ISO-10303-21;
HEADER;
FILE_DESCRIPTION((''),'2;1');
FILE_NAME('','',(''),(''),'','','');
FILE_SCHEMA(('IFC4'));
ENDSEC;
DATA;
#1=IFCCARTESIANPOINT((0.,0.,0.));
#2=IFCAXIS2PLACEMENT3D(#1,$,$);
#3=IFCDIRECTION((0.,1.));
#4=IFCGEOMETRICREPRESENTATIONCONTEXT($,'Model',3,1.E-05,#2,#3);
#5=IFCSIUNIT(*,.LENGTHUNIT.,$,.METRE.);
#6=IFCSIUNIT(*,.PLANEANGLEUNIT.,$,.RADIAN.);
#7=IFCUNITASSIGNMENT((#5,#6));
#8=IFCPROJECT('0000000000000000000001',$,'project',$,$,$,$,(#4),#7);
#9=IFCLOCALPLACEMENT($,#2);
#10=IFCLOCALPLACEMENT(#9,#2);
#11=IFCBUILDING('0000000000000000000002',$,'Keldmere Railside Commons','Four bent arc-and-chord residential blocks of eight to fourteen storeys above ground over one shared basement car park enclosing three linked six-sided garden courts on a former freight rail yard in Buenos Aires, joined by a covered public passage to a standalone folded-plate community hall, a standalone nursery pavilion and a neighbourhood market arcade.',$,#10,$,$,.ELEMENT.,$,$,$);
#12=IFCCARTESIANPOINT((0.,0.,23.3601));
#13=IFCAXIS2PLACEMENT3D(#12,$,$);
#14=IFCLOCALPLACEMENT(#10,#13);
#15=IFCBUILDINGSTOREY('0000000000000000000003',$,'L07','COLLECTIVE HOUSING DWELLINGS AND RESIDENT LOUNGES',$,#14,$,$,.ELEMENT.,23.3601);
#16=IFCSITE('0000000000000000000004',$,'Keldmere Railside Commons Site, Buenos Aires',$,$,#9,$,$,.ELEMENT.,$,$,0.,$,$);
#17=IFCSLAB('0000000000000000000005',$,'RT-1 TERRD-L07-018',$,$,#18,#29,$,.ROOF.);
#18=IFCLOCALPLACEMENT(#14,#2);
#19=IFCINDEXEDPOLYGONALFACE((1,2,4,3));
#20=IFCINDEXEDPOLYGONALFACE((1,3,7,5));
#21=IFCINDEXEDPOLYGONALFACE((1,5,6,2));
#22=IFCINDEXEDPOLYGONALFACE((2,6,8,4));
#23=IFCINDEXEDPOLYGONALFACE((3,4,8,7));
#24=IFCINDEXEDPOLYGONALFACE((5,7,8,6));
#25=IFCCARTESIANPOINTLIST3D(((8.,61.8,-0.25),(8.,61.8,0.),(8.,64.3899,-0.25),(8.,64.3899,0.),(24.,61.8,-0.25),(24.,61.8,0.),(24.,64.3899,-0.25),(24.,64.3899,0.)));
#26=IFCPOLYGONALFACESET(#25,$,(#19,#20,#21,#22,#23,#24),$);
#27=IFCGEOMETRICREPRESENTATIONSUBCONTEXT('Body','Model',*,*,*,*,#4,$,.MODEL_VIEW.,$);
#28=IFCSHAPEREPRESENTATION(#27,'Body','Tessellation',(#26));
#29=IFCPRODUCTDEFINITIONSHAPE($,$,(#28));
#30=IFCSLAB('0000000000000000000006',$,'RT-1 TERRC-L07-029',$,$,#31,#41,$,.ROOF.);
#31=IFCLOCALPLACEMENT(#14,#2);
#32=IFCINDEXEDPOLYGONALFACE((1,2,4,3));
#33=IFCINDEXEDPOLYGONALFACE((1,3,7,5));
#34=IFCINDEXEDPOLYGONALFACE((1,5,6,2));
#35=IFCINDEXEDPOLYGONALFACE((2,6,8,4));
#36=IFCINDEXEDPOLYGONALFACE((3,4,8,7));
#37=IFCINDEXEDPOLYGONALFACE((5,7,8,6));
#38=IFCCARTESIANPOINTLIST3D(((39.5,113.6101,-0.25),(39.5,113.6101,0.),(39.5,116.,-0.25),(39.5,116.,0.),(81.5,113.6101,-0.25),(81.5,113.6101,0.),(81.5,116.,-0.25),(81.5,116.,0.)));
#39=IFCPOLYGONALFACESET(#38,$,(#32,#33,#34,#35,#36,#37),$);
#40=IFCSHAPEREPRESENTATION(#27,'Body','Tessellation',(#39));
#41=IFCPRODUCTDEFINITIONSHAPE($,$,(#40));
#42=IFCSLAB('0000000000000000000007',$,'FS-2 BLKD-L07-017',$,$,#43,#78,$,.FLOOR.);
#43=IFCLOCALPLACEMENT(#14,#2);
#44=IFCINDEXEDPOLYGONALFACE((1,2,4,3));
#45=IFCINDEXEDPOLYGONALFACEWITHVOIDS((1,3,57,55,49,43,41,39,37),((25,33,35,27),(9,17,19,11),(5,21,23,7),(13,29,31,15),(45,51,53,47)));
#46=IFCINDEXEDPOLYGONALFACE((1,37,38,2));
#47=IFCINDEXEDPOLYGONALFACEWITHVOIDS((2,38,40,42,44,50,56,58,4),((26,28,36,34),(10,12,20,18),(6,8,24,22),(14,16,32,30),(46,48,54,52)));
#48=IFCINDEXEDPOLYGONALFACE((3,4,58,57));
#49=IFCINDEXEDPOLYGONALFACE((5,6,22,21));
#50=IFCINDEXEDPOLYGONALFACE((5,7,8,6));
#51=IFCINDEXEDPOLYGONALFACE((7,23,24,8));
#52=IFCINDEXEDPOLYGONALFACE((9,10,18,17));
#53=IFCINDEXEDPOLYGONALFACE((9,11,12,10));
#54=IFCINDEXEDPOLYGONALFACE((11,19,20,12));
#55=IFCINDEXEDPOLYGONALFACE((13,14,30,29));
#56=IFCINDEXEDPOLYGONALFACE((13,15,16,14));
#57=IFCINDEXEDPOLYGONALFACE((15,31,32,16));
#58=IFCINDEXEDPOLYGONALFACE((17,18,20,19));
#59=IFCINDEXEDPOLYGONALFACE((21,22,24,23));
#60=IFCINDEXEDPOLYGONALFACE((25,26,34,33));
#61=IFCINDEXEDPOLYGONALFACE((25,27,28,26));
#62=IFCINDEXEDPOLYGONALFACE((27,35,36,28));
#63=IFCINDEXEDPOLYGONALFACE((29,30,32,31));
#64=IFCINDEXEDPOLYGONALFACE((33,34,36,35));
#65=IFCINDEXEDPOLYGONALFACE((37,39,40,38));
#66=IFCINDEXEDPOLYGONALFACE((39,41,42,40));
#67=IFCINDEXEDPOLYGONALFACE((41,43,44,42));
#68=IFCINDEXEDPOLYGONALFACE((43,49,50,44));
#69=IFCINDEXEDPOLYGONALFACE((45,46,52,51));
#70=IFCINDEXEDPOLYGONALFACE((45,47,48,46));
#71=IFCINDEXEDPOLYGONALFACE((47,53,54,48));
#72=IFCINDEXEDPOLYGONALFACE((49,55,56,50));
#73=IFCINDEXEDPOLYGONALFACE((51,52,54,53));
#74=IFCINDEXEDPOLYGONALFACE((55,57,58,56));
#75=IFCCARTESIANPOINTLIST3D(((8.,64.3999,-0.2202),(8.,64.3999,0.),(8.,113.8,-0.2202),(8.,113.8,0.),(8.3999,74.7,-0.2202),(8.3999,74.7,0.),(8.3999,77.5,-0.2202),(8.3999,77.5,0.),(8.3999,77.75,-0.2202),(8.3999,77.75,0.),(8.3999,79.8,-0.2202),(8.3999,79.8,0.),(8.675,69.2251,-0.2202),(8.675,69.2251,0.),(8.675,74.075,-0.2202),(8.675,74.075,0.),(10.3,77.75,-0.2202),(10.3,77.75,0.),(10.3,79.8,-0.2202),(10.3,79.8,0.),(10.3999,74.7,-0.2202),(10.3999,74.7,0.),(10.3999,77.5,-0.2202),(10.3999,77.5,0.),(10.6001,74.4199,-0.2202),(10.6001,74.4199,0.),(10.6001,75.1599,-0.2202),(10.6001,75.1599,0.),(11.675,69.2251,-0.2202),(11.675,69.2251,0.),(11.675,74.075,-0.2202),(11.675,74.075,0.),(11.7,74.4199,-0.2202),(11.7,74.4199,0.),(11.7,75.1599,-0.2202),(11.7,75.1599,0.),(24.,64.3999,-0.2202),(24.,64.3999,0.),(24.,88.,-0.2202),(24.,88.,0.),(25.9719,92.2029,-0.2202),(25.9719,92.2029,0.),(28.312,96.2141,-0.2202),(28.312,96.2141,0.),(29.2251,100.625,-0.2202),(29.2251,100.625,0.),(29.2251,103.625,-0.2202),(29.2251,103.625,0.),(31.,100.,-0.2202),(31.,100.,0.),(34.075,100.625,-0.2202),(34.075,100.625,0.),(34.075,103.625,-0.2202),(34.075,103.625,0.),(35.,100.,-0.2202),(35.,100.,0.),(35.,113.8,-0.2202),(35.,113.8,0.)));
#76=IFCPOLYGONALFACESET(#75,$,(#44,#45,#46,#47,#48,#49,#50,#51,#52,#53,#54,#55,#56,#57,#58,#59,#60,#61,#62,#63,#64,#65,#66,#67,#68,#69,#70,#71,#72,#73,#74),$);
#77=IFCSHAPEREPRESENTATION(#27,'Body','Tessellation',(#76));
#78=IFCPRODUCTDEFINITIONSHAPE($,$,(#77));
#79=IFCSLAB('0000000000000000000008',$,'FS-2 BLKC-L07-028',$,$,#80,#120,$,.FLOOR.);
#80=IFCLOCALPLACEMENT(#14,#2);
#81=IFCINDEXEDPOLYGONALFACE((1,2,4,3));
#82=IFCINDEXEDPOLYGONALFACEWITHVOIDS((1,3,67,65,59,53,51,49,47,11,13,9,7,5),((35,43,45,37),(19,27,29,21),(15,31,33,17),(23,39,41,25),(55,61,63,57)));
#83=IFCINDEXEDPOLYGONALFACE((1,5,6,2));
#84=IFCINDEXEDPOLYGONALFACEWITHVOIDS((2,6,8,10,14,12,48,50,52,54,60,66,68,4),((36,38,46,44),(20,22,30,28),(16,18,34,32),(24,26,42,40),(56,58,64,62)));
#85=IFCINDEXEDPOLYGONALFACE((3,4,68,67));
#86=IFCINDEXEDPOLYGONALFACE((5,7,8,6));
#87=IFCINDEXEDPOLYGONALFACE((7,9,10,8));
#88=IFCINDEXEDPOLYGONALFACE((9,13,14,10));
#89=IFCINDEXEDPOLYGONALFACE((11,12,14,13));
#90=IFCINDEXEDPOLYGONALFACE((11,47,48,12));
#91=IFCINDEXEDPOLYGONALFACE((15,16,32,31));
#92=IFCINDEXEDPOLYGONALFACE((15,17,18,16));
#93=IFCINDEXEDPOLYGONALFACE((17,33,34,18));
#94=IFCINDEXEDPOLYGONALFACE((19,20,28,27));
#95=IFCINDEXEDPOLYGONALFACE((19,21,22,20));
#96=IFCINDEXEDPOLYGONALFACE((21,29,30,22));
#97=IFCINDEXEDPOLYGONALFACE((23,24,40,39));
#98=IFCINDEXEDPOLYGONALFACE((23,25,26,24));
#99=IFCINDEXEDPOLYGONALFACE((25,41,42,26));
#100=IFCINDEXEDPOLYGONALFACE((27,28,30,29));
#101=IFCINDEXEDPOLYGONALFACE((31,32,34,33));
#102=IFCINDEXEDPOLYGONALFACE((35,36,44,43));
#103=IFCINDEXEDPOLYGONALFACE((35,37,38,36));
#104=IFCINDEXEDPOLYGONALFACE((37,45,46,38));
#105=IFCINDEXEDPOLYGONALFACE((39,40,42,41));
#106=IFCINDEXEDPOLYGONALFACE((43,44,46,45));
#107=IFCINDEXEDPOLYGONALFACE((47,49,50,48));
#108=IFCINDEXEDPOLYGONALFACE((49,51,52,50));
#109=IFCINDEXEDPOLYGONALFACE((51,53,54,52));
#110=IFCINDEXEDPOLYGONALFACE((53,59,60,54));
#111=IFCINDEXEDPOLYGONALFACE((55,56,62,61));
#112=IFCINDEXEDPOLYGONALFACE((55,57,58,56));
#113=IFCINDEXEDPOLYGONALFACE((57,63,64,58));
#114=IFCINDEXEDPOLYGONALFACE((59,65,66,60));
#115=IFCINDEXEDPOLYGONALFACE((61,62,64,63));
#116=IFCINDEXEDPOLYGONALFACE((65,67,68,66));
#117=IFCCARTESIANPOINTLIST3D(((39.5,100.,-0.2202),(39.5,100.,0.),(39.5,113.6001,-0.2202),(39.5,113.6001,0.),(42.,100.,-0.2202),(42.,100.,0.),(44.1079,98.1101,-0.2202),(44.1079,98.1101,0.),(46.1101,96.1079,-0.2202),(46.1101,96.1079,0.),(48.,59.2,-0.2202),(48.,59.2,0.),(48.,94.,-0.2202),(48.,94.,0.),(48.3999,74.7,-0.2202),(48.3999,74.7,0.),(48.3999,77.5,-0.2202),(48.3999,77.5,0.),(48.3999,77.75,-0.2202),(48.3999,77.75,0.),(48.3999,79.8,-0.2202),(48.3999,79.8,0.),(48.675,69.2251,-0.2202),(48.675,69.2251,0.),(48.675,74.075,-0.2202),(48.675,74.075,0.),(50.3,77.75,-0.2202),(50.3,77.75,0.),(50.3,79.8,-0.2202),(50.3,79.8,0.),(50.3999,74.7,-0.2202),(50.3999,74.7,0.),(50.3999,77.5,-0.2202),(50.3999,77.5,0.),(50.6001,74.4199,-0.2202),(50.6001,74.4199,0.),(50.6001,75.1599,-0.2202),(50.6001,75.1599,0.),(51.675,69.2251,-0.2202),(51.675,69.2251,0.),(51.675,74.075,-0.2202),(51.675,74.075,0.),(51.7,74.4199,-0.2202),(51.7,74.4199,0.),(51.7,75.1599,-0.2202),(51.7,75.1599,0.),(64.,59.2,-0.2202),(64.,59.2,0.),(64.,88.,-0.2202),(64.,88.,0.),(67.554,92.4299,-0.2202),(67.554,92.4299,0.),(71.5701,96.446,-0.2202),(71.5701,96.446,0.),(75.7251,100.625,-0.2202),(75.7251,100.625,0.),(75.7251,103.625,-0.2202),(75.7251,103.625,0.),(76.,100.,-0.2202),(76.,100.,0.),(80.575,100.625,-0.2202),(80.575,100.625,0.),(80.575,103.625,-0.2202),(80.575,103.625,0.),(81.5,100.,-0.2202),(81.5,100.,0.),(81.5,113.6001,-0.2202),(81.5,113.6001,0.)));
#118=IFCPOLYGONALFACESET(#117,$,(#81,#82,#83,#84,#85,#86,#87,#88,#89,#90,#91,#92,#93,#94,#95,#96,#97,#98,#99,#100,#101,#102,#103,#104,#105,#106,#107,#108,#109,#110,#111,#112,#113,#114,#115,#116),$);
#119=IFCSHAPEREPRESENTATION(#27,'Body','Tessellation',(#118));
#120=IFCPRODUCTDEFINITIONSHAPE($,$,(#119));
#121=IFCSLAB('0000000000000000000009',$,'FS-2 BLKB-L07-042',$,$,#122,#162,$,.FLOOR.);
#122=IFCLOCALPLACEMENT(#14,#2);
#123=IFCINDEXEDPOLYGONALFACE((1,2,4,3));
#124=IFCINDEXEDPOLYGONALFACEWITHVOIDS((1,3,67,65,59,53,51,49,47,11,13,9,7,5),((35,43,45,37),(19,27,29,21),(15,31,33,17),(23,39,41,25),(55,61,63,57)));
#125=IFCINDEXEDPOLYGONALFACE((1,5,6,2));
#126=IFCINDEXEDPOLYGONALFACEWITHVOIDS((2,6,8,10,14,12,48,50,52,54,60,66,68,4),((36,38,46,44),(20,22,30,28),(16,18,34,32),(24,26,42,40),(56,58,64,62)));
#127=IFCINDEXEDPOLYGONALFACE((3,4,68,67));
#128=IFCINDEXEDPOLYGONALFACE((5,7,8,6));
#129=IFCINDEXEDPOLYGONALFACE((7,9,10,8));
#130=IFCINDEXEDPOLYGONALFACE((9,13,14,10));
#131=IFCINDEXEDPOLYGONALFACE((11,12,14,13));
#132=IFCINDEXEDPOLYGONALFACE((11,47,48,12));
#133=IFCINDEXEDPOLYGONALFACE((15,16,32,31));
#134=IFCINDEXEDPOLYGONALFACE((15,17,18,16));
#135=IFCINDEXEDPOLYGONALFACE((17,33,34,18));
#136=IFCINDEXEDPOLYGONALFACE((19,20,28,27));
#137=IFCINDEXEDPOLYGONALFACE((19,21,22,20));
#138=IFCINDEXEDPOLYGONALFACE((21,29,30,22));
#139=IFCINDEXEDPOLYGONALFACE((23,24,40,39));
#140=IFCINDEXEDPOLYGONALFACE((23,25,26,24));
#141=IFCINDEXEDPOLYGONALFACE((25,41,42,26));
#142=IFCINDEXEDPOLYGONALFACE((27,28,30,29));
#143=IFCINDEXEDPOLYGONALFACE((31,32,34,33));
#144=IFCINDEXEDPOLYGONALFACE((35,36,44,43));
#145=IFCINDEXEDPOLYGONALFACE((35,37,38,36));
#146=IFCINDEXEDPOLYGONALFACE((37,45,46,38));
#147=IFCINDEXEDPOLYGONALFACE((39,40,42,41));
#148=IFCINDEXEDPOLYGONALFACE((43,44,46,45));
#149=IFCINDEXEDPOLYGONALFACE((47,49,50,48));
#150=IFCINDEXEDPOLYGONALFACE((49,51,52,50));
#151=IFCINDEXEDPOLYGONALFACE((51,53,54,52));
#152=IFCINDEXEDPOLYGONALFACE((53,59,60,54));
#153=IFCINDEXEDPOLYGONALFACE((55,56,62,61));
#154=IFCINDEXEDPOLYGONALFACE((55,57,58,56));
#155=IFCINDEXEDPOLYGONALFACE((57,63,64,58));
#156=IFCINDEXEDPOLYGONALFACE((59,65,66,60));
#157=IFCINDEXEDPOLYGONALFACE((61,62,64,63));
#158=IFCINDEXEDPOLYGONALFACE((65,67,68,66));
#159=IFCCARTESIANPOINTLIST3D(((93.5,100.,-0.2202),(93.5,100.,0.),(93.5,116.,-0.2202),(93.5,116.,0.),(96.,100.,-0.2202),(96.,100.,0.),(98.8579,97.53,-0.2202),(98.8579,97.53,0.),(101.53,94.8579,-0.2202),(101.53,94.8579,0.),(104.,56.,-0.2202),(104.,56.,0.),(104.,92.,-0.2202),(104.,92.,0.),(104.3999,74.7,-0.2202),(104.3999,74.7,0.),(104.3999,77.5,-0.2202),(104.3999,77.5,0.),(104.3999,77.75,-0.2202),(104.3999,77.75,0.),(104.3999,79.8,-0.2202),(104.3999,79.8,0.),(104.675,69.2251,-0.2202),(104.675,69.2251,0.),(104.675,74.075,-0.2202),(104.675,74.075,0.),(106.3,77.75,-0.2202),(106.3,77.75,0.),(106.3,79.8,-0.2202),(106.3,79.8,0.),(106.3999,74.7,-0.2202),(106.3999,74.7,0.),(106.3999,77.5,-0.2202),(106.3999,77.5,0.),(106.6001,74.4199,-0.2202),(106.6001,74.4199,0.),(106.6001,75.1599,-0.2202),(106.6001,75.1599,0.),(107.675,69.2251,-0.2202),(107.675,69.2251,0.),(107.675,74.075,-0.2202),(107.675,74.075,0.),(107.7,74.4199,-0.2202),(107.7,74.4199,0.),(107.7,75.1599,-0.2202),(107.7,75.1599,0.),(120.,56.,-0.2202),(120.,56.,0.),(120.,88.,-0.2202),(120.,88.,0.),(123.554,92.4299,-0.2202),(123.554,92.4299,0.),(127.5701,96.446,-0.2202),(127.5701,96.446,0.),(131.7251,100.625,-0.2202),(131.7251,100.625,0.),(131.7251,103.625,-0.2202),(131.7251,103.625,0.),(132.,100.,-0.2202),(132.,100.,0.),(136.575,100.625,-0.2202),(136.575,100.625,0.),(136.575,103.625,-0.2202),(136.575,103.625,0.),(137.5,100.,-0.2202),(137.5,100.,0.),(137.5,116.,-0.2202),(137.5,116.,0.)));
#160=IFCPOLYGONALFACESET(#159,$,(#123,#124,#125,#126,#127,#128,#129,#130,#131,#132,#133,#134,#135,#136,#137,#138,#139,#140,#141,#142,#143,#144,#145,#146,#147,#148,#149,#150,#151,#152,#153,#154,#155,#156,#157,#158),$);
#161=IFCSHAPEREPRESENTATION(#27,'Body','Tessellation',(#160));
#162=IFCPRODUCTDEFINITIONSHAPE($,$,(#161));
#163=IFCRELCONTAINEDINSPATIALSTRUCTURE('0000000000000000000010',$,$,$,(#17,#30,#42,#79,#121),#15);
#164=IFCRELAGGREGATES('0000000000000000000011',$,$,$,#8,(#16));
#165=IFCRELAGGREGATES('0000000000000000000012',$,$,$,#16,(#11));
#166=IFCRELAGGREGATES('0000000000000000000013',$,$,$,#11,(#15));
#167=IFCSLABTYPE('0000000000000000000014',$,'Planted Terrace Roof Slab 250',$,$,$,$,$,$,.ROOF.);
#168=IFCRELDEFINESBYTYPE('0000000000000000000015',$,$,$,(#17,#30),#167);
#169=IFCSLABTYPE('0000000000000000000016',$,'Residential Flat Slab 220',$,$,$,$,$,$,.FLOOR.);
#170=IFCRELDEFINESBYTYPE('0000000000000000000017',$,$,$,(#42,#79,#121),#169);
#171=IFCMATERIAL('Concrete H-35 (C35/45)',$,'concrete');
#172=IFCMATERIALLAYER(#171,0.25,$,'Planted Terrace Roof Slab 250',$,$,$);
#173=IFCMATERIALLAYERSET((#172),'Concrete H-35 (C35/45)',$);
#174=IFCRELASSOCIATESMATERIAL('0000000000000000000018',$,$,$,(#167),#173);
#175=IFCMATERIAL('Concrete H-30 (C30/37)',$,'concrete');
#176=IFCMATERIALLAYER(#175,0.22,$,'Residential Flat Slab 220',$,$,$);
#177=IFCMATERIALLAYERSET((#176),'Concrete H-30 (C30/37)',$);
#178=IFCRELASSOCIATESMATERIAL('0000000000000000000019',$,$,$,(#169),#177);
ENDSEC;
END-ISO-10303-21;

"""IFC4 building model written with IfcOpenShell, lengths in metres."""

from ifc_helpers import new_model, si_unit, direction, frame, origin, place, context, subcontext, project, spatial, polyline, outline, extrude, material, layer, layer_set, type_object, element, save


model = new_model("IFC4")

# Units and contexts
model_context = context("Model", 3, precision=1e-05, world=origin(), true_north=direction((0.0, 1.0)))
body_context = subcontext(model_context, "Body", "Model", "MODEL_VIEW")
ifc_project = project(units=[si_unit("LENGTHUNIT", "METRE"), si_unit("PLANEANGLEUNIT", "RADIAN")], contexts=[model_context])

# Site, building, storey
site_placement = place(None, origin())
site = spatial("IfcSite", under=ifc_project, at=site_placement, Name="Keldmere Railside Commons Site, Buenos Aires", CompositionType="ELEMENT", RefElevation=0.0)
building_placement = place(site_placement, origin())
building = spatial("IfcBuilding", under=site, at=building_placement, Name="Keldmere Railside Commons", Description="Four bent arc-and-chord residential blocks of eight to fourteen storeys above ground over one shared basement car park enclosing three linked six-sided garden courts on a former freight rail yard in Buenos Aires, joined by a covered public passage to a standalone folded-plate community hall, a standalone nursery pavilion and a neighbourhood market arcade.", CompositionType="ELEMENT")
storey_placement = place(building_placement, frame((0.0, 0.0, 23.3601)))
storey = spatial("IfcBuildingStorey", under=building, at=storey_placement, Name="L07", Description="COLLECTIVE HOUSING DWELLINGS AND RESIDENT LOUNGES", CompositionType="ELEMENT", Elevation=23.3601)

# Slabs
ifc_material_1 = material(Name="Concrete H-35 (C35/45)", Category="concrete")
ifc_layer_1 = layer(ifc_material_1, 0.25, Name="Planted Terrace Roof Slab 250")
ifc_layer_set_1 = layer_set([ifc_layer_1], Name="Concrete H-35 (C35/45)")
slab_type_1 = type_object("IfcSlabType", Name="Planted Terrace Roof Slab 250", PredefinedType="ROOF", material=ifc_layer_set_1)
slab_1_placement = place(storey_placement, frame((0.0, 0.0, -0.25)))
element("IfcSlab", 1, at=slab_1_placement, inside=storey, type_object=slab_type_1, Name="RT-1 TERRD-L07-018", PredefinedType="ROOF", context=body_context, shape_type="SweptSolid", body=[
    extrude(outline(polyline([(24.0, 61.8), (24.0, 64.3899), (8.0, 64.3899), (8.0, 61.8), (24.0, 61.8)])), origin(), (0.0, 0.0, 1.0), 0.25),
])
slab_2_placement = place(storey_placement, frame((0.0, 0.0, -0.25)))
element("IfcSlab", 2, at=slab_2_placement, inside=storey, type_object=slab_type_1, Name="RT-1 TERRC-L07-029", PredefinedType="ROOF", context=body_context, shape_type="SweptSolid", body=[
    extrude(outline(polyline([(39.5, 116.0), (39.5, 113.6101), (81.5, 113.6101), (81.5, 116.0), (39.5, 116.0)])), origin(), (0.0, 0.0, 1.0), 0.25),
])
ifc_material_2 = material(Name="Concrete H-30 (C30/37)", Category="concrete")
ifc_layer_2 = layer(ifc_material_2, 0.22, Name="Residential Flat Slab 220")
ifc_layer_set_2 = layer_set([ifc_layer_2], Name="Concrete H-30 (C30/37)")
slab_type_2 = type_object("IfcSlabType", Name="Residential Flat Slab 220", PredefinedType="FLOOR", material=ifc_layer_set_2)
slab_3_placement = place(storey_placement, frame((0.0, 0.0, -0.2202)))
element("IfcSlab", 3, at=slab_3_placement, inside=storey, type_object=slab_type_2, Name="FS-2 BLKD-L07-017", PredefinedType="FLOOR", context=body_context, shape_type="SweptSolid", body=[
    extrude(outline(polyline([(8.0, 64.3999), (24.0, 64.3999), (24.0, 88.0), (25.9719, 92.2029), (28.312, 96.2141), (31.0, 100.0), (35.0, 100.0), (35.0, 113.8), (8.0, 113.8), (8.0, 64.3999)]), holes=[polyline([(11.675, 69.2251), (8.675, 69.2251), (8.675, 74.075), (11.675, 74.075), (11.675, 69.2251)]), polyline([(11.7, 74.4199), (10.6001, 74.4199), (10.6001, 75.1599), (11.7, 75.1599), (11.7, 74.4199)]), polyline([(8.3999, 74.7), (8.3999, 77.5), (10.3999, 77.5), (10.3999, 74.7), (8.3999, 74.7)]), polyline([(10.3, 77.75), (8.3999, 77.75), (8.3999, 79.8), (10.3, 79.8), (10.3, 77.75)]), polyline([(29.2251, 103.625), (34.075, 103.625), (34.075, 100.625), (29.2251, 100.625), (29.2251, 103.625)])]), origin(), (0.0, 0.0, 1.0), 0.2202),
])
slab_4_placement = place(storey_placement, frame((0.0, 0.0, -0.2202)))
element("IfcSlab", 4, at=slab_4_placement, inside=storey, type_object=slab_type_2, Name="FS-2 BLKC-L07-028", PredefinedType="FLOOR", context=body_context, shape_type="SweptSolid", body=[
    extrude(outline(polyline([(48.0, 59.2), (64.0, 59.2), (64.0, 88.0), (67.554, 92.4299), (71.5701, 96.446), (76.0, 100.0), (81.5, 100.0), (81.5, 113.6001), (39.5, 113.6001), (39.5, 100.0), (42.0, 100.0), (44.1079, 98.1101), (46.1101, 96.1079), (48.0, 94.0), (48.0, 59.2)]), holes=[polyline([(51.675, 69.2251), (48.675, 69.2251), (48.675, 74.075), (51.675, 74.075), (51.675, 69.2251)]), polyline([(50.6001, 74.4199), (50.6001, 75.1599), (51.7, 75.1599), (51.7, 74.4199), (50.6001, 74.4199)]), polyline([(50.3999, 74.7), (48.3999, 74.7), (48.3999, 77.5), (50.3999, 77.5), (50.3999, 74.7)]), polyline([(50.3, 77.75), (48.3999, 77.75), (48.3999, 79.8), (50.3, 79.8), (50.3, 77.75)]), polyline([(75.7251, 103.625), (80.575, 103.625), (80.575, 100.625), (75.7251, 100.625), (75.7251, 103.625)])]), origin(), (0.0, 0.0, 1.0), 0.2202),
])
slab_5_placement = place(storey_placement, frame((0.0, 0.0, -0.2202)))
element("IfcSlab", 5, at=slab_5_placement, inside=storey, type_object=slab_type_2, Name="FS-2 BLKB-L07-042", PredefinedType="FLOOR", context=body_context, shape_type="SweptSolid", body=[
    extrude(outline(polyline([(104.0, 56.0), (120.0, 56.0), (120.0, 88.0), (123.554, 92.4299), (127.5701, 96.446), (132.0, 100.0), (137.5, 100.0), (137.5, 116.0), (93.5, 116.0), (93.5, 100.0), (96.0, 100.0), (98.8579, 97.53), (101.53, 94.8579), (104.0, 92.0), (104.0, 56.0)]), holes=[polyline([(107.675, 69.2251), (104.675, 69.2251), (104.675, 74.075), (107.675, 74.075), (107.675, 69.2251)]), polyline([(107.7, 74.4199), (106.6001, 74.4199), (106.6001, 75.1599), (107.7, 75.1599), (107.7, 74.4199)]), polyline([(104.3999, 74.7), (104.3999, 77.5), (106.3999, 77.5), (106.3999, 74.7), (104.3999, 74.7)]), polyline([(106.3, 77.75), (104.3999, 77.75), (104.3999, 79.8), (106.3, 79.8), (106.3, 77.75)]), polyline([(131.7251, 103.625), (136.575, 103.625), (136.575, 100.625), (131.7251, 100.625), (131.7251, 103.625)])]), origin(), (0.0, 0.0, 1.0), 0.2202),
])

save(model, "model.ifc")
